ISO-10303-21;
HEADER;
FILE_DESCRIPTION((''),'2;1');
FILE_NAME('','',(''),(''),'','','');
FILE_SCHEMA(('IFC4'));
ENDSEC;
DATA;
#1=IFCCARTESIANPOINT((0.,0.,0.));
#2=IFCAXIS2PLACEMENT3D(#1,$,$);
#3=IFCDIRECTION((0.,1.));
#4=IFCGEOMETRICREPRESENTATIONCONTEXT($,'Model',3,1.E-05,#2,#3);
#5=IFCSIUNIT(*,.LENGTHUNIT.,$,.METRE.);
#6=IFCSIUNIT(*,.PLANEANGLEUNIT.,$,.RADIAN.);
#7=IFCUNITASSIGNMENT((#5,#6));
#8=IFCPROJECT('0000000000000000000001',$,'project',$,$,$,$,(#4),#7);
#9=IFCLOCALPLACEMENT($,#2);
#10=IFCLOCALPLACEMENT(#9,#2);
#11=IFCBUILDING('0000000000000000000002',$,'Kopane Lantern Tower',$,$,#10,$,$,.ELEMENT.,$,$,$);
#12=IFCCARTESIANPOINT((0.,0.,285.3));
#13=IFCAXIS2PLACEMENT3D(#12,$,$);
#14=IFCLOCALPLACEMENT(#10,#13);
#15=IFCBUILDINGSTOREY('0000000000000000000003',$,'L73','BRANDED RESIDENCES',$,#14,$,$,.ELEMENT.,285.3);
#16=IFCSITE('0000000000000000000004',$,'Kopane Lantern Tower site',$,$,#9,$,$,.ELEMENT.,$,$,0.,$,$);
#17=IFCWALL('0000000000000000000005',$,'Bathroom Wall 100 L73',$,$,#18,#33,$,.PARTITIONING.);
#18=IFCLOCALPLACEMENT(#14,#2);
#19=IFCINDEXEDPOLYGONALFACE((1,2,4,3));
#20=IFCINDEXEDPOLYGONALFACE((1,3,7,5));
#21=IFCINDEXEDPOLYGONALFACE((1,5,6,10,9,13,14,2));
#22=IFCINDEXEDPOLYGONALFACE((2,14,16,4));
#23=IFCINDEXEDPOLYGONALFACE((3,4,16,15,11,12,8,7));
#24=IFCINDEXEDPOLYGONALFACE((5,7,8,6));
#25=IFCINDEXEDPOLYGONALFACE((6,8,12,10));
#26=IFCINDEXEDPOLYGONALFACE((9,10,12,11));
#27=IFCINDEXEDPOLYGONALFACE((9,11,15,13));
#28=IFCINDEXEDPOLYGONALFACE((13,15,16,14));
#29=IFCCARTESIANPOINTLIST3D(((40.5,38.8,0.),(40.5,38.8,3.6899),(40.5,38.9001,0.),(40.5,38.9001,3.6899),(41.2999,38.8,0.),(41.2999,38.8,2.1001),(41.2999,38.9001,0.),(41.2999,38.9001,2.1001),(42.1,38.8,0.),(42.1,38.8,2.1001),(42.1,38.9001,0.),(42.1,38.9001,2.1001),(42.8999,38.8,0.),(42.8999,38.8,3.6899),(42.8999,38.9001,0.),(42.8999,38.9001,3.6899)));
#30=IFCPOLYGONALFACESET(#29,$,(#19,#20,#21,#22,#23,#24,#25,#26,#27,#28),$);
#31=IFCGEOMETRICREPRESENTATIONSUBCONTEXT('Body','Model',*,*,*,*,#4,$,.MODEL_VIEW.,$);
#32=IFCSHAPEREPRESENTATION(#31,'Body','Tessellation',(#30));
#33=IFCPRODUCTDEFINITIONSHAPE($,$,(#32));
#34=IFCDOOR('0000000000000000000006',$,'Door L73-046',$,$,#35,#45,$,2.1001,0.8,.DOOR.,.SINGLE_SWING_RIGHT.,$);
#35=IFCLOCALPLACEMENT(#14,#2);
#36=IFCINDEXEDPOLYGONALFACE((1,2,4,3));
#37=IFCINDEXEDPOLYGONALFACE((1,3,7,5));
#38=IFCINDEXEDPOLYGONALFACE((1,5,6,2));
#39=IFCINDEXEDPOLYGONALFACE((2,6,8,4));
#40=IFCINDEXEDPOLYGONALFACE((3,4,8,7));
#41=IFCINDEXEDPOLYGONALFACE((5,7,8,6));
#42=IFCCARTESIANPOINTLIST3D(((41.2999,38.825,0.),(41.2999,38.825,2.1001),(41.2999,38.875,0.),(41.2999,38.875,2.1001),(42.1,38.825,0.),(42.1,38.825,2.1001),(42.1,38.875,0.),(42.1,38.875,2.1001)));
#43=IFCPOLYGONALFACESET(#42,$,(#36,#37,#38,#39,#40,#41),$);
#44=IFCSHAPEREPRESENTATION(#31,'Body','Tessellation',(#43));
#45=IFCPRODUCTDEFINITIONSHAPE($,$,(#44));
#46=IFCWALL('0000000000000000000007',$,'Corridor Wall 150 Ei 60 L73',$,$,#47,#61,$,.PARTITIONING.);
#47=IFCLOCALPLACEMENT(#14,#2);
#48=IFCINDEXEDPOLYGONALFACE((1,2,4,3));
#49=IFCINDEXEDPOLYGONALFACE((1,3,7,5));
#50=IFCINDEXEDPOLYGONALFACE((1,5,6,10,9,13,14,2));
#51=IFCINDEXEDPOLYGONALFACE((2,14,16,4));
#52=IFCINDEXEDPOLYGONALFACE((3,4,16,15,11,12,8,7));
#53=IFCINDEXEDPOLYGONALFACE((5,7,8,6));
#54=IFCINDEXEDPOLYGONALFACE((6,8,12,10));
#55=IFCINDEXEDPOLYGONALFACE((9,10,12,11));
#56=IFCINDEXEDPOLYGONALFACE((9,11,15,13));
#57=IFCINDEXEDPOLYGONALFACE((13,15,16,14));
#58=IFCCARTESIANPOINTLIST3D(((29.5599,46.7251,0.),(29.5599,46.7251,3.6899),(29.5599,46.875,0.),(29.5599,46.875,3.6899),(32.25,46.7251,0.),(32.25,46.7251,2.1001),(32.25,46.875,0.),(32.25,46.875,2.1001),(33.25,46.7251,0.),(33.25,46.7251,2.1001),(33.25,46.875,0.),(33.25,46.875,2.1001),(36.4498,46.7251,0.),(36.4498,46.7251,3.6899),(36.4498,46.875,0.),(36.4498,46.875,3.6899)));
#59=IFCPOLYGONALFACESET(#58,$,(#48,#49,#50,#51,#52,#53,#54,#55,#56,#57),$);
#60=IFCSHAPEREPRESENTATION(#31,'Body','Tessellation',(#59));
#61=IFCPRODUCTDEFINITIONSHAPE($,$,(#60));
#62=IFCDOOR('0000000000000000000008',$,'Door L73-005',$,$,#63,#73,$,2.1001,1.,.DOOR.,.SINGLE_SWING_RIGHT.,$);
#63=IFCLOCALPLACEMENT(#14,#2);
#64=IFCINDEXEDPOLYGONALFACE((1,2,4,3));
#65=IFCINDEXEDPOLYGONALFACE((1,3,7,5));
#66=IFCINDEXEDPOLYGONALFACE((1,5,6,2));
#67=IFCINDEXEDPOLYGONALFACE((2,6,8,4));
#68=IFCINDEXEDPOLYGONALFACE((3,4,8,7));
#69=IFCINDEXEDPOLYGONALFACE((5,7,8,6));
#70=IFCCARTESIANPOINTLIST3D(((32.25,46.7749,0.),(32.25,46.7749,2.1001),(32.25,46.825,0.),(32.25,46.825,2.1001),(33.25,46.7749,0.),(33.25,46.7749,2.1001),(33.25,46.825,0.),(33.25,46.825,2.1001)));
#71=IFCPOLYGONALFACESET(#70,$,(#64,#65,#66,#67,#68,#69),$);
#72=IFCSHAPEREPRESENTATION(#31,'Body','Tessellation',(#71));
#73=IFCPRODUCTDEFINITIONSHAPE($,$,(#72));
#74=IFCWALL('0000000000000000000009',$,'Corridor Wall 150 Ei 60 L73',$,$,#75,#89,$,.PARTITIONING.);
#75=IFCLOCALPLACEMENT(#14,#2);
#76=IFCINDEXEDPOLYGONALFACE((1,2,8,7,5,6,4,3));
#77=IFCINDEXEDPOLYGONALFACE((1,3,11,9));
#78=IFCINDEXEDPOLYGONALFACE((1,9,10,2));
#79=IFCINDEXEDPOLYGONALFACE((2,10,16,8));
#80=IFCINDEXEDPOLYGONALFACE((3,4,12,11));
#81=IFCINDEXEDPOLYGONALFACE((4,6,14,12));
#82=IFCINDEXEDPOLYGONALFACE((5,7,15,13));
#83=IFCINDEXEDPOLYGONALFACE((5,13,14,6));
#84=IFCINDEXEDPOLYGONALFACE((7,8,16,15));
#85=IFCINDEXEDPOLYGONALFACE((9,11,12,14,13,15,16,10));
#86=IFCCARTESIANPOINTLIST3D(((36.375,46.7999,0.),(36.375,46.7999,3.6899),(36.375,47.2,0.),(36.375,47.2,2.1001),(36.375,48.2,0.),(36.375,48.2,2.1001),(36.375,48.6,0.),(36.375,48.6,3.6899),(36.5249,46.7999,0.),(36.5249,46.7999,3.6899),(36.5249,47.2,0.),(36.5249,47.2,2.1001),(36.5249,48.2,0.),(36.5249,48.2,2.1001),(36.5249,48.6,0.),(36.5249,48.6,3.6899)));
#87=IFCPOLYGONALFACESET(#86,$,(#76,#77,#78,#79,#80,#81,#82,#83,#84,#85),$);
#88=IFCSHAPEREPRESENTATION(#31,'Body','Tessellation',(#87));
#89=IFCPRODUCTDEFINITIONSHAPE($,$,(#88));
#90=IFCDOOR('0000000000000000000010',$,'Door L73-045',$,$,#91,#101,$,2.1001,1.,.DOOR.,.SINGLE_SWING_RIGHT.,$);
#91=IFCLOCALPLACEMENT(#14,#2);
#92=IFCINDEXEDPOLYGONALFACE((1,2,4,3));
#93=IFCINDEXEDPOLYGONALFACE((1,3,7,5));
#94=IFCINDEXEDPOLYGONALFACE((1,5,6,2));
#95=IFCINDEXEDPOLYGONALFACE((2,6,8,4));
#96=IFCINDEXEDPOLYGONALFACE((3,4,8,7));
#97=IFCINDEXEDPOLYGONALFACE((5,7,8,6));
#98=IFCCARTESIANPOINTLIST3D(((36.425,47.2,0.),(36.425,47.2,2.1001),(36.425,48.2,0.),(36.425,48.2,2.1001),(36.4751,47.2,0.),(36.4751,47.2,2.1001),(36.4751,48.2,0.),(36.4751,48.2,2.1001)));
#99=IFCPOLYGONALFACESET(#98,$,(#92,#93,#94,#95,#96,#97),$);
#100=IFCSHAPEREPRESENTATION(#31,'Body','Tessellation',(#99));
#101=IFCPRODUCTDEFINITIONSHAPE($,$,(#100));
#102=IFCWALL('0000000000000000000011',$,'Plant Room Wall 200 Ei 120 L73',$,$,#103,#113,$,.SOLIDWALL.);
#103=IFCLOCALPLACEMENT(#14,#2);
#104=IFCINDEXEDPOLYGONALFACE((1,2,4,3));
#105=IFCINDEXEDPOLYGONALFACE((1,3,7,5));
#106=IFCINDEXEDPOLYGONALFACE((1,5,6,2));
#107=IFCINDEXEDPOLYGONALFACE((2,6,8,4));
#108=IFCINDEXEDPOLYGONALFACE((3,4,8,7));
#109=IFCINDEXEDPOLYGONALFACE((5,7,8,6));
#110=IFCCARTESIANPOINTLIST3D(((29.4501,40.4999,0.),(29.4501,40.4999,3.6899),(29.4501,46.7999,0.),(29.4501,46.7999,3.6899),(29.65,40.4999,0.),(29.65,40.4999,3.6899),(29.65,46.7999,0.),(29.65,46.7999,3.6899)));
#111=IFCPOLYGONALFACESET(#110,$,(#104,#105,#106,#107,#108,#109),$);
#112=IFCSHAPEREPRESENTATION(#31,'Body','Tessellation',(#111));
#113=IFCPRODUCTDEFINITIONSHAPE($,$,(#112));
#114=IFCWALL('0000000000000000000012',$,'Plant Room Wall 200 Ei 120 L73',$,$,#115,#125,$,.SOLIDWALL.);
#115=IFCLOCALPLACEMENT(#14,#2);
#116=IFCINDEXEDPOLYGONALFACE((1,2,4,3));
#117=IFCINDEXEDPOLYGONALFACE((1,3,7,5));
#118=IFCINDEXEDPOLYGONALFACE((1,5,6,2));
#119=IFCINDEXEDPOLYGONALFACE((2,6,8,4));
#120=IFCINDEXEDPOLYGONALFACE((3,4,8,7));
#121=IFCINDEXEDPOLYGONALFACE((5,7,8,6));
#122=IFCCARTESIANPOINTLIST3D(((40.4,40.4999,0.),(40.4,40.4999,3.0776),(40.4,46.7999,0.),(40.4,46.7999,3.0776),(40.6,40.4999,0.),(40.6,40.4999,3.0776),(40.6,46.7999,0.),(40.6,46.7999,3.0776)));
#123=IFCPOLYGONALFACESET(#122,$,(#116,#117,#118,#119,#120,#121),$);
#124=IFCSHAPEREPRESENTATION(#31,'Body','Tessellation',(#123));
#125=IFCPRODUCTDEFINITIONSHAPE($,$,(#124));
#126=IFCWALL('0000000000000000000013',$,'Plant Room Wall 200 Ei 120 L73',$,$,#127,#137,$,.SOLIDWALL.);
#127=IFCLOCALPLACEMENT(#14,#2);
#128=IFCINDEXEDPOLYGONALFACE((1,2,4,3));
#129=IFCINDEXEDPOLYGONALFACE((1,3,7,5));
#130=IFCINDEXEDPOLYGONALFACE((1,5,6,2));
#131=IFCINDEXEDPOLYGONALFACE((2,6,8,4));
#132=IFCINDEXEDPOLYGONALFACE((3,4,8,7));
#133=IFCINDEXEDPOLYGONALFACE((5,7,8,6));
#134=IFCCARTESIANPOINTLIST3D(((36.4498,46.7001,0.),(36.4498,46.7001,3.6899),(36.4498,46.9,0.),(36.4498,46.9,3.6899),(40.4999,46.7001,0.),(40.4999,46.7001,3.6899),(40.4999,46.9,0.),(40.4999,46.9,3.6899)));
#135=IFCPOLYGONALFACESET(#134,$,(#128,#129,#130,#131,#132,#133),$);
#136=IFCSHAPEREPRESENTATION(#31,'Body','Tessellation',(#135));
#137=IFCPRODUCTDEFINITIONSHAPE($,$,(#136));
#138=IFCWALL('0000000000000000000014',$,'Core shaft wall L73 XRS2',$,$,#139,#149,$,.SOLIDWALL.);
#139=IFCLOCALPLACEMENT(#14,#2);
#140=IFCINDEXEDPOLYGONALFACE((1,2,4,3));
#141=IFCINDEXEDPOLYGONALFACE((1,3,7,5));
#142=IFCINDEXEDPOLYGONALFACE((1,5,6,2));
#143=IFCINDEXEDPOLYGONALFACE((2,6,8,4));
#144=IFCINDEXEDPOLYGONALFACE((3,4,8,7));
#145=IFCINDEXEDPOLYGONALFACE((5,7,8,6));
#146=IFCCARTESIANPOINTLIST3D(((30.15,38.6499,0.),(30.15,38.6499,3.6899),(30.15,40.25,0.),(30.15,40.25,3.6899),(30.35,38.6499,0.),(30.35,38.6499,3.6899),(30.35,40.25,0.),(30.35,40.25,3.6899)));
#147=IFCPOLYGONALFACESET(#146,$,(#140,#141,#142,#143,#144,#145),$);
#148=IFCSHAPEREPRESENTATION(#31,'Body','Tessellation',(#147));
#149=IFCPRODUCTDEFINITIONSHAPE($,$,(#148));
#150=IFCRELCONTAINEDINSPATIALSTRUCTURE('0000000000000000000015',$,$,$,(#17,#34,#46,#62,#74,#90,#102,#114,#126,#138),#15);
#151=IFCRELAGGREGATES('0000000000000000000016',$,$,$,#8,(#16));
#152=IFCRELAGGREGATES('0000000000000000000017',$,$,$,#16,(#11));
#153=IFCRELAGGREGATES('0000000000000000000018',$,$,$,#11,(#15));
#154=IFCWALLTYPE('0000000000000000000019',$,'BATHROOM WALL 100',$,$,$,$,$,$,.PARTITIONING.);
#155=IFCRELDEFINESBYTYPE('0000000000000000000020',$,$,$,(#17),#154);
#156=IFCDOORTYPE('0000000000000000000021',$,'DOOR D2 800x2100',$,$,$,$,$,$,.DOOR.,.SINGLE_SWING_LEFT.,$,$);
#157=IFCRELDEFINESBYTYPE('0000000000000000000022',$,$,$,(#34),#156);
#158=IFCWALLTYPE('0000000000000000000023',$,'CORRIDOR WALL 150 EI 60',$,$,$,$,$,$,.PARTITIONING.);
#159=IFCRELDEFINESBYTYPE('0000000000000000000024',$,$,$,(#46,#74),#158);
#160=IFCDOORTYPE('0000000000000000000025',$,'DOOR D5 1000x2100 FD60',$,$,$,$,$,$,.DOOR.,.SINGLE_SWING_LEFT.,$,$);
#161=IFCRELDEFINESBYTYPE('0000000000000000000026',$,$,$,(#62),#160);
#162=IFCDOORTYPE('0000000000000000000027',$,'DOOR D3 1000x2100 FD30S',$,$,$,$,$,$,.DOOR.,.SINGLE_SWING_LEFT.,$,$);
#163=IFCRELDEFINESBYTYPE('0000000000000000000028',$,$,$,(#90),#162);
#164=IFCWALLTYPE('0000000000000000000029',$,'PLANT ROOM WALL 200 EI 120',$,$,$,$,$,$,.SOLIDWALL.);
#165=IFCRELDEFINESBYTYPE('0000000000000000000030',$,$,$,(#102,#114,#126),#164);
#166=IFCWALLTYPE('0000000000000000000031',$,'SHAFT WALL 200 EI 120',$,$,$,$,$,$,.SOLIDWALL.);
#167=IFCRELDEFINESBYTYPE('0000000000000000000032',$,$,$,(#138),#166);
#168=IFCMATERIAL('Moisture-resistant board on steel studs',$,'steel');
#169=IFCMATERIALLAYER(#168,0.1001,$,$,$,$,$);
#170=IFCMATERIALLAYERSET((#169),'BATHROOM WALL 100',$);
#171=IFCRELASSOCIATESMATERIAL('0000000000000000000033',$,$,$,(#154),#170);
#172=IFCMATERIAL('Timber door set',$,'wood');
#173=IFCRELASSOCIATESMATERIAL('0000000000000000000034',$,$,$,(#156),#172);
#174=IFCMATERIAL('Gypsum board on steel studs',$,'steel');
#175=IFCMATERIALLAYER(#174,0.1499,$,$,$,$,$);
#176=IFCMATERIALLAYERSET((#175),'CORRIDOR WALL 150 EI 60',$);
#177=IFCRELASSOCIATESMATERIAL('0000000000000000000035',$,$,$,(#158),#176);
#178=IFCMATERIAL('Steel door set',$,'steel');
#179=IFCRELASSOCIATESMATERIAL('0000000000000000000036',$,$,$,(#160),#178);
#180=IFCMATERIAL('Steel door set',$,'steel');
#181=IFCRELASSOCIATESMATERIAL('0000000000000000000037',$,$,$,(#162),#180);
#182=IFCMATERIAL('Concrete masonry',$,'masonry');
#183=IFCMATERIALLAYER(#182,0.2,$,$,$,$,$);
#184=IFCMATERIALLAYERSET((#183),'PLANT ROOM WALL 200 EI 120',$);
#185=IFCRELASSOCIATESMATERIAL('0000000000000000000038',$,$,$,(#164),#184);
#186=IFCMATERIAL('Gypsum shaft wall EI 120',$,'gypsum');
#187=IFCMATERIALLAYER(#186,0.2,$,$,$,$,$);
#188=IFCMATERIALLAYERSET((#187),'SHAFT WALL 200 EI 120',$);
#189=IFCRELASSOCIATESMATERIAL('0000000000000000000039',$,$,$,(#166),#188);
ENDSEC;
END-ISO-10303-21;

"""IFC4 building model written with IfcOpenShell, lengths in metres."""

from ifc_helpers import new_model, si_unit, direction, frame, frame_2d, origin, place, context, subcontext, project, spatial, rectangle, extrude, material, layer, layer_set, type_object, element, fill, save


model = new_model("IFC4")

# Units and contexts
model_context = context("Model", 3, precision=1e-05, world=origin(), true_north=direction((0.0, 1.0)))
body_context = subcontext(model_context, "Body", "Model", "MODEL_VIEW")
ifc_project = project(units=[si_unit("LENGTHUNIT", "METRE"), si_unit("PLANEANGLEUNIT", "RADIAN")], contexts=[model_context])

# Site, building, storey
site_placement = place(None, origin())
site = spatial("IfcSite", under=ifc_project, at=site_placement, Name="Kopane Lantern Tower site", CompositionType="ELEMENT", RefElevation=0.0)
building_placement = place(site_placement, origin())
building = spatial("IfcBuilding", under=site, at=building_placement, Name="Kopane Lantern Tower", CompositionType="ELEMENT")
storey_placement = place(building_placement, frame((0.0, 0.0, 285.3)))
storey = spatial("IfcBuildingStorey", under=building, at=storey_placement, Name="L73", Description="BRANDED RESIDENCES", CompositionType="ELEMENT", Elevation=285.3)

# Walls, openings, doors
ifc_material_1 = material(Name="Moisture-resistant board on steel studs", Category="steel")
ifc_layer_1 = layer(ifc_material_1, 0.1001)
ifc_layer_set_1 = layer_set([ifc_layer_1], Name="BATHROOM WALL 100")
wall_type_1 = type_object("IfcWallType", Name="BATHROOM WALL 100", PredefinedType="PARTITIONING", material=ifc_layer_set_1)
wall_1_placement = place(storey_placement, frame((40.5, 38.8501, 0.0), z_axis=(0.0, 0.0, 1.0), x_axis=(1.0, 0.0, 0.0)))
wall_1 = element("IfcWall", 1, at=wall_1_placement, inside=storey, type_object=wall_type_1, Name="Bathroom Wall 100 L73", PredefinedType="PARTITIONING", context=body_context, shape_type="SweptSolid", body=[
    extrude(rectangle(XDim=2.3999, YDim=0.1001, at=frame_2d((1.2, 0.0))), origin(), (0.0, 0.0, 1.0), 3.6899),
])
opening_1_placement = place(wall_1_placement, frame((0.8, 0.0, 0.0)))
opening_1 = element("IfcOpeningElement", 2, at=opening_1_placement, cuts=wall_1, PredefinedType="OPENING", context=body_context, shape_type="SweptSolid", body=[
    extrude(rectangle(XDim=0.8, YDim=2.1001, at=frame_2d((0.3999, 1.05))), frame((0.0, 0.0601, 0.0), z_axis=(0.0, -1.0, 0.0), x_axis=(1.0, 0.0, 0.0)), (0.0, 0.0, 1.0), 0.1201),
])
ifc_material_2 = material(Name="Timber door set", Category="wood")
door_type_1 = type_object("IfcDoorType", Name="DOOR D2 800x2100", OperationType="SINGLE_SWING_LEFT", PredefinedType="DOOR", material=ifc_material_2)
door_1_placement = place(opening_1_placement, origin())
door_1 = element("IfcDoor", 3, at=door_1_placement, inside=storey, type_object=door_type_1, Name="Door L73-046", OperationType="SINGLE_SWING_RIGHT", OverallHeight=2.1001, OverallWidth=0.8, PredefinedType="DOOR", context=body_context, shape_type="SweptSolid", body=[
    extrude(rectangle(XDim=0.8, YDim=2.1001, at=frame_2d((0.3999, 1.05))), frame((0.0, 0.0249, 0.0), z_axis=(0.0, -1.0, 0.0), x_axis=(1.0, 0.0, 0.0)), (0.0, 0.0, 1.0), 0.05),
])
fill(opening_1, door_1)
ifc_material_3 = material(Name="Gypsum board on steel studs", Category="steel")
ifc_layer_2 = layer(ifc_material_3, 0.1499)
ifc_layer_set_2 = layer_set([ifc_layer_2], Name="CORRIDOR WALL 150 EI 60")
wall_type_2 = type_object("IfcWallType", Name="CORRIDOR WALL 150 EI 60", PredefinedType="PARTITIONING", material=ifc_layer_set_2)
wall_2_placement = place(storey_placement, frame((29.5601, 46.8, 0.0), z_axis=(0.0, 0.0, 1.0), x_axis=(1.0, 0.0, 0.0)))
wall_2 = element("IfcWall", 4, at=wall_2_placement, inside=storey, type_object=wall_type_2, Name="Corridor Wall 150 Ei 60 L73", PredefinedType="PARTITIONING", context=body_context, shape_type="SweptSolid", body=[
    extrude(rectangle(XDim=6.8899, YDim=0.1499, at=frame_2d((3.4448, 0.0))), origin(), (0.0, 0.0, 1.0), 3.6899),
])
opening_2_placement = place(wall_2_placement, frame((2.6899, 0.0, 0.0)))
opening_2 = element("IfcOpeningElement", 5, at=opening_2_placement, cuts=wall_2, PredefinedType="OPENING", context=body_context, shape_type="SweptSolid", body=[
    extrude(rectangle(XDim=1.0, YDim=2.1001, at=frame_2d((0.5, 1.05))), frame((0.0, 0.085, 0.0), z_axis=(0.0, -1.0, 0.0), x_axis=(1.0, 0.0, 0.0)), (0.0, 0.0, 1.0), 0.1699),
])
ifc_material_4 = material(Name="Steel door set", Category="steel")
door_type_2 = type_object("IfcDoorType", Name="DOOR D5 1000x2100 FD60", OperationType="SINGLE_SWING_LEFT", PredefinedType="DOOR", material=ifc_material_4)
door_2_placement = place(opening_2_placement, origin())
door_2 = element("IfcDoor", 6, at=door_2_placement, inside=storey, type_object=door_type_2, Name="Door L73-005", OperationType="SINGLE_SWING_RIGHT", OverallHeight=2.1001, OverallWidth=1.0, PredefinedType="DOOR", context=body_context, shape_type="SweptSolid", body=[
    extrude(rectangle(XDim=1.0, YDim=2.1001, at=frame_2d((0.5, 1.05))), frame((0.0, 0.0249, 0.0), z_axis=(0.0, -1.0, 0.0), x_axis=(1.0, 0.0, 0.0)), (0.0, 0.0, 1.0), 0.05),
])
fill(opening_2, door_2)
wall_3_placement = place(storey_placement, frame((36.45, 46.8, 0.0), z_axis=(0.0, 0.0, 1.0), x_axis=(0.0, 1.0, 0.0)))
wall_3 = element("IfcWall", 7, at=wall_3_placement, inside=storey, type_object=wall_type_2, Name="Corridor Wall 150 Ei 60 L73", PredefinedType="PARTITIONING", context=body_context, shape_type="SweptSolid", body=[
    extrude(rectangle(XDim=1.8, YDim=0.1499, at=frame_2d((0.8999, 0.0))), origin(), (0.0, 0.0, 1.0), 3.6899),
])
opening_3_placement = place(wall_3_placement, frame((0.3999, 0.0, 0.0)))
opening_3 = element("IfcOpeningElement", 8, at=opening_3_placement, cuts=wall_3, PredefinedType="OPENING", context=body_context, shape_type="SweptSolid", body=[
    extrude(rectangle(XDim=1.0, YDim=2.1001, at=frame_2d((0.5, 1.05))), frame((0.0, 0.085, 0.0), z_axis=(0.0, -1.0, 0.0), x_axis=(1.0, 0.0, 0.0)), (0.0, 0.0, 1.0), 0.1699),
])
ifc_material_5 = material(Name="Steel door set", Category="steel")
door_type_3 = type_object("IfcDoorType", Name="DOOR D3 1000x2100 FD30S", OperationType="SINGLE_SWING_LEFT", PredefinedType="DOOR", material=ifc_material_5)
door_3_placement = place(opening_3_placement, origin())
door_3 = element("IfcDoor", 9, at=door_3_placement, inside=storey, type_object=door_type_3, Name="Door L73-045", OperationType="SINGLE_SWING_RIGHT", OverallHeight=2.1001, OverallWidth=1.0, PredefinedType="DOOR", context=body_context, shape_type="SweptSolid", body=[
    extrude(rectangle(XDim=1.0, YDim=2.1001, at=frame_2d((0.5, 1.05))), frame((0.0, 0.0249, 0.0), z_axis=(0.0, -1.0, 0.0), x_axis=(1.0, 0.0, 0.0)), (0.0, 0.0, 1.0), 0.05),
])
fill(opening_3, door_3)

# Walls
ifc_material_6 = material(Name="Concrete masonry", Category="masonry")
ifc_layer_3 = layer(ifc_material_6, 0.2)
ifc_layer_set_3 = layer_set([ifc_layer_3], Name="PLANT ROOM WALL 200 EI 120")
wall_type_3 = type_object("IfcWallType", Name="PLANT ROOM WALL 200 EI 120", PredefinedType="SOLIDWALL", material=ifc_layer_set_3)
wall_4_placement = place(storey_placement, frame((29.55, 40.5, 0.0), z_axis=(0.0, 0.0, 1.0), x_axis=(0.0, 1.0, 0.0)))
element("IfcWall", 10, at=wall_4_placement, inside=storey, type_object=wall_type_3, Name="Plant Room Wall 200 Ei 120 L73", PredefinedType="SOLIDWALL", context=body_context, shape_type="SweptSolid", body=[
    extrude(rectangle(XDim=6.3, YDim=0.2, at=frame_2d((3.1499, 0.0))), origin(), (0.0, 0.0, 1.0), 3.6899),
])
wall_5_placement = place(storey_placement, frame((40.5, 40.5, 0.0), z_axis=(0.0, 0.0, 1.0), x_axis=(0.0, 1.0, 0.0)))
element("IfcWall", 11, at=wall_5_placement, inside=storey, type_object=wall_type_3, Name="Plant Room Wall 200 Ei 120 L73", PredefinedType="SOLIDWALL", context=body_context, shape_type="SweptSolid", body=[
    extrude(rectangle(XDim=6.3, YDim=0.2, at=frame_2d((3.1499, 0.0))), origin(), (0.0, 0.0, 1.0), 3.0776),
])
wall_6_placement = place(storey_placement, frame((36.45, 46.8, 0.0), z_axis=(0.0, 0.0, 1.0), x_axis=(1.0, 0.0, 0.0)))
element("IfcWall", 12, at=wall_6_placement, inside=storey, type_object=wall_type_3, Name="Plant Room Wall 200 Ei 120 L73", PredefinedType="SOLIDWALL", context=body_context, shape_type="SweptSolid", body=[
    extrude(rectangle(XDim=4.05, YDim=0.2, at=frame_2d((2.0249, 0.0))), origin(), (0.0, 0.0, 1.0), 3.6899),
])
ifc_material_7 = material(Name="Gypsum shaft wall EI 120", Category="gypsum")
ifc_layer_4 = layer(ifc_material_7, 0.2)
ifc_layer_set_4 = layer_set([ifc_layer_4], Name="SHAFT WALL 200 EI 120")
wall_type_4 = type_object("IfcWallType", Name="SHAFT WALL 200 EI 120", PredefinedType="SOLIDWALL", material=ifc_layer_set_4)
wall_7_placement = place(storey_placement, frame((30.25, 38.6499, 0.0), z_axis=(0.0, 0.0, 1.0), x_axis=(0.0, 1.0, 0.0)))
element("IfcWall", 13, at=wall_7_placement, inside=storey, type_object=wall_type_4, Name="Core shaft wall L73 XRS2", PredefinedType="SOLIDWALL", context=body_context, shape_type="SweptSolid", body=[
    extrude(rectangle(XDim=1.6001, YDim=0.2, at=frame_2d((0.8, 0.0))), origin(), (0.0, 0.0, 1.0), 3.6899),
])

save(model, "model.ifc")
